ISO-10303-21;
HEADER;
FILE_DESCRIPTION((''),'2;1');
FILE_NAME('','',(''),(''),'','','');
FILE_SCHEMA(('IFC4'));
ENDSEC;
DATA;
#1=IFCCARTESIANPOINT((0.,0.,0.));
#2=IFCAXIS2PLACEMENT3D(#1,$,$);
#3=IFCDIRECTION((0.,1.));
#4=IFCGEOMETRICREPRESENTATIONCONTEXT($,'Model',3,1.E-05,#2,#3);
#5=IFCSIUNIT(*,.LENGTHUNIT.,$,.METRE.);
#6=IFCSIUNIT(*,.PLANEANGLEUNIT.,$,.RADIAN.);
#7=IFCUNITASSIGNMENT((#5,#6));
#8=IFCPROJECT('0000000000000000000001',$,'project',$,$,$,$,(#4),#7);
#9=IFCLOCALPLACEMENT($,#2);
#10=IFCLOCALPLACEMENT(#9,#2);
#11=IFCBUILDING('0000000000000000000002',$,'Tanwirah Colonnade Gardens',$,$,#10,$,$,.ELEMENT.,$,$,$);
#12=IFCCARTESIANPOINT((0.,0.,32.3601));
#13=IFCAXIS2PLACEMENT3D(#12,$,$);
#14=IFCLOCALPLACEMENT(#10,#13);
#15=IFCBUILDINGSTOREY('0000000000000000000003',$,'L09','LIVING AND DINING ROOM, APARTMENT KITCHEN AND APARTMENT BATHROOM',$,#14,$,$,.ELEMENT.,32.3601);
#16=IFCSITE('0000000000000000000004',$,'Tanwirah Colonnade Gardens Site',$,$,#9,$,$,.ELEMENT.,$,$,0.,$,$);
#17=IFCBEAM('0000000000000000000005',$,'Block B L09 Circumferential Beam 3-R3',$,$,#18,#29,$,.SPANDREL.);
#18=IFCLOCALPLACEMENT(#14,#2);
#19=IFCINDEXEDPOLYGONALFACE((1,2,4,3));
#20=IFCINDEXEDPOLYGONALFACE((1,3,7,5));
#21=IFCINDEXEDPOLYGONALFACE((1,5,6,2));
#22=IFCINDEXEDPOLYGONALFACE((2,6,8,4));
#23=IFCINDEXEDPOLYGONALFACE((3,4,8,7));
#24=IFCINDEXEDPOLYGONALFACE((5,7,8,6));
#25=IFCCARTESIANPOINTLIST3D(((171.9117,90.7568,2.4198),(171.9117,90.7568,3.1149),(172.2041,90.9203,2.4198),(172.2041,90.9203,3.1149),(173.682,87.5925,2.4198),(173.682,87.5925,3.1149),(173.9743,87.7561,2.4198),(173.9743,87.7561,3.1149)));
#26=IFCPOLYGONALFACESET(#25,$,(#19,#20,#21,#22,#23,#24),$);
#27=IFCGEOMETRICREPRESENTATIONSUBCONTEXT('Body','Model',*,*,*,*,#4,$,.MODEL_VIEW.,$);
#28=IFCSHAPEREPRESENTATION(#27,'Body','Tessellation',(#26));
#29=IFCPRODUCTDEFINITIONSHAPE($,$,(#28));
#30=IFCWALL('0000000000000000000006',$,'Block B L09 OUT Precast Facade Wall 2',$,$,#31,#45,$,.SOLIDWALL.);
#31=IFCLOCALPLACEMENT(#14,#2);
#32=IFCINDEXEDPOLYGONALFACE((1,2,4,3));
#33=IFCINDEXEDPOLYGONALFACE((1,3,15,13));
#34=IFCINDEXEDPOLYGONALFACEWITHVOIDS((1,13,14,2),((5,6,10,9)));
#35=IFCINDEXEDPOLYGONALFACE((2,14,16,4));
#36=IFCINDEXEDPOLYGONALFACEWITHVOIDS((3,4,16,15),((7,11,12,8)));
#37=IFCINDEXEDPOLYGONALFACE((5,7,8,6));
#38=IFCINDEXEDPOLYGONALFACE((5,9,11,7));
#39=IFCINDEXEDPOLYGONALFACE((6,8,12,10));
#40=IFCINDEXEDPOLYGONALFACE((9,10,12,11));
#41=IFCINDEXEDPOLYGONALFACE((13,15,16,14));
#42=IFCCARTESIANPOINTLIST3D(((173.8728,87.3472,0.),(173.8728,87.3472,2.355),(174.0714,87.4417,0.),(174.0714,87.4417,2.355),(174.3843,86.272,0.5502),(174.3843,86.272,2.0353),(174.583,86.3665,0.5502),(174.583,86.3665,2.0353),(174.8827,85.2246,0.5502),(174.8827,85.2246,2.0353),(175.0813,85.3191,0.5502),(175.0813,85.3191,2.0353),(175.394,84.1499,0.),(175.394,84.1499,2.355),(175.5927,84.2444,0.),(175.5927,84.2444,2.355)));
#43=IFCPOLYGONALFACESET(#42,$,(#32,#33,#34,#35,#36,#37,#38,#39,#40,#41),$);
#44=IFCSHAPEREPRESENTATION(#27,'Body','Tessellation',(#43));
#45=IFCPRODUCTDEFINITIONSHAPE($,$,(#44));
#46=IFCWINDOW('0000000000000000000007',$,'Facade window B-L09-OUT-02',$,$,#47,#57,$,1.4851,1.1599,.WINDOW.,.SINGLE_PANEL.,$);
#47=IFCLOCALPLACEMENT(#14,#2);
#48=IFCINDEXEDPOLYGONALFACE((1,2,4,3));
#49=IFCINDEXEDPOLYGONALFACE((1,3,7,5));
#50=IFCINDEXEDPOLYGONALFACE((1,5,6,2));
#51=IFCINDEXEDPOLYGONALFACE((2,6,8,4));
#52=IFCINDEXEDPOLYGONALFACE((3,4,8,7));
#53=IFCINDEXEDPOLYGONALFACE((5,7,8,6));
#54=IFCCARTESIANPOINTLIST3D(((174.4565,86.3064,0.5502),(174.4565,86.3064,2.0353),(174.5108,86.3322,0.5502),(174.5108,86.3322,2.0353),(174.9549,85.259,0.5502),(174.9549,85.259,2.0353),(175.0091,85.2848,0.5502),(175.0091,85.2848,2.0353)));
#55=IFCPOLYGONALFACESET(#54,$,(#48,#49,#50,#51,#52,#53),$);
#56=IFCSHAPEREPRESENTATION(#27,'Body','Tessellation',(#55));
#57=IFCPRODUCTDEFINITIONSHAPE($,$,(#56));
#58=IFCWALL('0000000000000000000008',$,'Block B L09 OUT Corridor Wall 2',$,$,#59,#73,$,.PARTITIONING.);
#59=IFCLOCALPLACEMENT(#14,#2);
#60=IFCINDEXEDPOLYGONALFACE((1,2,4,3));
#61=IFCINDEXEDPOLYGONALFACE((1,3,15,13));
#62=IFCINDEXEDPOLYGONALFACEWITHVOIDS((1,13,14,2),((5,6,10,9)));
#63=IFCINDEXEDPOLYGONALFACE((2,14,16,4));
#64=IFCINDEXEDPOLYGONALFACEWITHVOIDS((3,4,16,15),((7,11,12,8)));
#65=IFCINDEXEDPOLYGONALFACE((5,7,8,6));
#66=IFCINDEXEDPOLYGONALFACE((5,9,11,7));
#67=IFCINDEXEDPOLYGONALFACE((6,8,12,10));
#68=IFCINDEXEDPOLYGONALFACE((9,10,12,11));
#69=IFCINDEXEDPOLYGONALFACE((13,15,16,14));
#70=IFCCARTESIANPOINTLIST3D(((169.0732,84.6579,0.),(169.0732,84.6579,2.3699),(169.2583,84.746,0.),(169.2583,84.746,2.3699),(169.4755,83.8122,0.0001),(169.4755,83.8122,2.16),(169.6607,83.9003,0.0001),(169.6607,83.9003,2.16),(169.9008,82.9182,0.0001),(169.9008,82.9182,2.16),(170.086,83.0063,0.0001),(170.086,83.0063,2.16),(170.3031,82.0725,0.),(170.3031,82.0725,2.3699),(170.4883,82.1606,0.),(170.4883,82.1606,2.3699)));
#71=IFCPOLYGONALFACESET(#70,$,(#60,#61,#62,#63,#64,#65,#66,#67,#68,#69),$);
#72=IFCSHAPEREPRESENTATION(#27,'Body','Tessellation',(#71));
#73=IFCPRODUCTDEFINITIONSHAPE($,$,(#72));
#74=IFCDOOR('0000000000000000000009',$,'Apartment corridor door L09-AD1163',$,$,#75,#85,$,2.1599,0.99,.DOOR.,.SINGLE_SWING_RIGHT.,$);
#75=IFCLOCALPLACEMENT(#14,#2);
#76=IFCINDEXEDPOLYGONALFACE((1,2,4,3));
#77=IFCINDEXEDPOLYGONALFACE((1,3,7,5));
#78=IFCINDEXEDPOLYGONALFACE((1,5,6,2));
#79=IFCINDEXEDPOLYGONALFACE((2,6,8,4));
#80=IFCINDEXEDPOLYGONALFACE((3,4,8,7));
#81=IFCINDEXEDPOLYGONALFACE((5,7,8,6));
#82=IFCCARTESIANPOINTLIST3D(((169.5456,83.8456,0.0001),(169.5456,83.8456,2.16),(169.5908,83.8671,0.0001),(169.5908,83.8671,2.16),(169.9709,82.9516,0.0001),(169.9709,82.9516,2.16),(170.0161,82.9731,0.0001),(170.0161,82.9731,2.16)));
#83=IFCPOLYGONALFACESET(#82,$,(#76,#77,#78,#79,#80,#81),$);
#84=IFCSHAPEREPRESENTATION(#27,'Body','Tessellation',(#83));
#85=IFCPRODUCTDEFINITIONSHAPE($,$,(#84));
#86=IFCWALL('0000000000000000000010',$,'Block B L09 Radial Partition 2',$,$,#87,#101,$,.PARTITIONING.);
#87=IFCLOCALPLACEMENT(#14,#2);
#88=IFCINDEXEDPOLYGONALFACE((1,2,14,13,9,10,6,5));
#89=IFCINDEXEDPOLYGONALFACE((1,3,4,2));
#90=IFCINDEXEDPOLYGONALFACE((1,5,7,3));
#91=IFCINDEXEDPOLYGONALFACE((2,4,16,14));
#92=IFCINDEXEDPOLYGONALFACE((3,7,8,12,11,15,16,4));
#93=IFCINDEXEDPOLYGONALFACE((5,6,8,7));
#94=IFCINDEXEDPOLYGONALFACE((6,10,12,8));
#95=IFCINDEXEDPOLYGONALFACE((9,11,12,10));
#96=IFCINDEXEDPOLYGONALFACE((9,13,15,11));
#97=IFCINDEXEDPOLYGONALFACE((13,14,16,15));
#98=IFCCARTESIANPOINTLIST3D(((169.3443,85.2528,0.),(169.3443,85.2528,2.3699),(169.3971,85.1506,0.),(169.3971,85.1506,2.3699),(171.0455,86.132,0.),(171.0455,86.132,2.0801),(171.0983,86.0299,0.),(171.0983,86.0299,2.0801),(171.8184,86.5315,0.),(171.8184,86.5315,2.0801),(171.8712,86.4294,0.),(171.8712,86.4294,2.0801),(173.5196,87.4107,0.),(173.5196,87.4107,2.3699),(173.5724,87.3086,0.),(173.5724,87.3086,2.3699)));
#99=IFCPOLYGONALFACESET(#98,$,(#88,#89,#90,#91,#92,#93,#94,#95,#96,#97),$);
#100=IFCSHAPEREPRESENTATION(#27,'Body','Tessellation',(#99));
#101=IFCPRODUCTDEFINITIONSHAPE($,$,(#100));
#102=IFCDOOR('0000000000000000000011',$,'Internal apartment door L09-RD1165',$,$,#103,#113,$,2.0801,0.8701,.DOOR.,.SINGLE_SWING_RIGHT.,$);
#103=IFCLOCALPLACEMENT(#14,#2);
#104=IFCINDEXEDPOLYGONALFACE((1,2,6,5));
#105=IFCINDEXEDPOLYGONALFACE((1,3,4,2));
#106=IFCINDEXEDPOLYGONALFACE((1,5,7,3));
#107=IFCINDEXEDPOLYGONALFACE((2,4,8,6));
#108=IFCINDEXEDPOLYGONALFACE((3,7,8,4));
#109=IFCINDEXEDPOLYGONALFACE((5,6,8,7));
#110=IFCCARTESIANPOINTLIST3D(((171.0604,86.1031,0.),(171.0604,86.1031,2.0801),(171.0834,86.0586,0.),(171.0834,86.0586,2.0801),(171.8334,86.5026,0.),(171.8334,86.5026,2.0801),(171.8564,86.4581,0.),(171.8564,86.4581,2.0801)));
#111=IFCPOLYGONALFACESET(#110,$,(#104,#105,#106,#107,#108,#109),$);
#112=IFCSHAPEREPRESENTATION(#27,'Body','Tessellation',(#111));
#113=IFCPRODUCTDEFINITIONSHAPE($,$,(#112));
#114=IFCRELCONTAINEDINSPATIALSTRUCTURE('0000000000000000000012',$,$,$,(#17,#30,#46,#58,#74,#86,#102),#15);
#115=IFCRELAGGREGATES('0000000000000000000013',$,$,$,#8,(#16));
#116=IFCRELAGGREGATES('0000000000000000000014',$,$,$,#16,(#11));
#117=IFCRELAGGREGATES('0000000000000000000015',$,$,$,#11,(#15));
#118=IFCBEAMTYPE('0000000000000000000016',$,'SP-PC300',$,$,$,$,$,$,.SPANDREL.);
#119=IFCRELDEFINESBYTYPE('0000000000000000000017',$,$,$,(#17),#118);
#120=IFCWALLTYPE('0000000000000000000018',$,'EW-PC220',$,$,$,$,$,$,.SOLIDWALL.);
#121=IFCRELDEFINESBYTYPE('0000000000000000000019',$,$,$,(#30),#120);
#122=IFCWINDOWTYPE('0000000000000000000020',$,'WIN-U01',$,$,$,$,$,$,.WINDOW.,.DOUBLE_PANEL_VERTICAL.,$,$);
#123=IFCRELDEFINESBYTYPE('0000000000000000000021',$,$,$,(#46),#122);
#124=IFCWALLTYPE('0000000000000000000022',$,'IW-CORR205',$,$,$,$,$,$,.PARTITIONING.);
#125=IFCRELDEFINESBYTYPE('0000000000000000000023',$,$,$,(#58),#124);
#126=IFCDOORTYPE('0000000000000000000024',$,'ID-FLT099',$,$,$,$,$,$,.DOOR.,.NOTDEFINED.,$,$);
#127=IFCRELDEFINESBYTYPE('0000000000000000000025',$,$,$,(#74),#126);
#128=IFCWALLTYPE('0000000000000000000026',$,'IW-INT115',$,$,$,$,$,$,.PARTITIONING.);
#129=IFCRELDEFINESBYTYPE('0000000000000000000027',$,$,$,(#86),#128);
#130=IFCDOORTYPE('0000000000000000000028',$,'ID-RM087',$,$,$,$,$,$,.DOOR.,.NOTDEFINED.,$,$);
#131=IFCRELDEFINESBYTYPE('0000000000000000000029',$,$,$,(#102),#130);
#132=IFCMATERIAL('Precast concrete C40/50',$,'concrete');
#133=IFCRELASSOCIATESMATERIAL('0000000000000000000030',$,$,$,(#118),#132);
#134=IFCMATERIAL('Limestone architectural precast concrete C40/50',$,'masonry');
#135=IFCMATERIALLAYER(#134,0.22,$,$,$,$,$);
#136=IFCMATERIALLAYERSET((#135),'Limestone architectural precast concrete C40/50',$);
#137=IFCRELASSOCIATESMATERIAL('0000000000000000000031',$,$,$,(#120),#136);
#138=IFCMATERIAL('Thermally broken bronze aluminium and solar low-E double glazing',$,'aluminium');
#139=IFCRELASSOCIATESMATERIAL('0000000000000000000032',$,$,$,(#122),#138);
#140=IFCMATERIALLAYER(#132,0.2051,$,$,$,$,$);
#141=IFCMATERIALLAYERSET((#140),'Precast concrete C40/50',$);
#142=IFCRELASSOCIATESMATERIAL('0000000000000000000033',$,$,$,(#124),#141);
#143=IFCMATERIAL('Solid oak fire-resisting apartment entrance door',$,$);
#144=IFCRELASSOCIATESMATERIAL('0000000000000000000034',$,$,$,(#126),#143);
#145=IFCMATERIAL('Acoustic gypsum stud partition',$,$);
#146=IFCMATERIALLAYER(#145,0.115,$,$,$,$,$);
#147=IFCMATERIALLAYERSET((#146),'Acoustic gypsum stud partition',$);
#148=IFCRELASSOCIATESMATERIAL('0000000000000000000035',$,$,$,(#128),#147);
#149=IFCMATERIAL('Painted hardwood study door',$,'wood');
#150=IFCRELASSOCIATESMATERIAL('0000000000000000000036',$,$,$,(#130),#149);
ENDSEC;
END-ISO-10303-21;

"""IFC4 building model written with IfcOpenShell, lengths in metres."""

from ifc_helpers import new_model, si_unit, direction, frame, frame_2d, origin, origin_2d, place, context, subcontext, project, spatial, rectangle, extrude, material, layer, layer_set, material_profile, profile_set, type_object, element, fill, save


model = new_model("IFC4")

# Units and contexts
model_context = context("Model", 3, precision=1e-05, world=origin(), true_north=direction((0.0, 1.0)))
body_context = subcontext(model_context, "Body", "Model", "MODEL_VIEW")
ifc_project = project(units=[si_unit("LENGTHUNIT", "METRE"), si_unit("PLANEANGLEUNIT", "RADIAN")], contexts=[model_context])

# Site, building, storey
site_placement = place(None, origin())
site = spatial("IfcSite", under=ifc_project, at=site_placement, Name="Tanwirah Colonnade Gardens Site", CompositionType="ELEMENT", RefElevation=0.0)
building_placement = place(site_placement, origin())
building = spatial("IfcBuilding", under=site, at=building_placement, Name="Tanwirah Colonnade Gardens", CompositionType="ELEMENT")
storey_placement = place(building_placement, frame((0.0, 0.0, 32.3601)))
storey = spatial("IfcBuildingStorey", under=building, at=storey_placement, Name="L09", Description="LIVING AND DINING ROOM, APARTMENT KITCHEN AND APARTMENT BATHROOM", CompositionType="ELEMENT", Elevation=32.3601)

# Shared definitions
ifc_material_1 = material(Name="Precast concrete C40/50", Category="concrete")

# Beam
ifc_material_profile_1 = material_profile(ifc_material_1, rectangle(XDim=0.335, YDim=0.6951, at=origin_2d()), Name="PC-SP 335x695")
ifc_profile_set_1 = profile_set([ifc_material_profile_1], Name="Precast concrete C40/50")
beam_type_1 = type_object("IfcBeamType", Name="SP-PC300", PredefinedType="SPANDREL", material=ifc_profile_set_1)
for number, where, z_axis, x_axis, name in (
    (1, (173.8281, 87.6743, 2.7673), (-0.488236, 0.872711, 0.0), (-0.872711, -0.488236, 0.0), "Block B L09 Circumferential Beam 3-R3"),
):
    element("IfcBeam", number, at=place(storey_placement, frame(where, z_axis=z_axis, x_axis=x_axis)), inside=storey, type_object=beam_type_1, Name=name, PredefinedType="SPANDREL", context=body_context, shape_type="SweptSolid", body=[
        extrude(rectangle(XDim=0.335, YDim=0.6951, at=origin_2d()), origin(), (0.0, 0.0, 1.0), 3.6257),
    ])

# Wall, opening, window
ifc_material_2 = material(Name="Limestone architectural precast concrete C40/50", Category="masonry")
ifc_layer_1 = layer(ifc_material_2, 0.22)
ifc_layer_set_1 = layer_set([ifc_layer_1], Name="Limestone architectural precast concrete C40/50")
wall_type_1 = type_object("IfcWallType", Name="EW-PC220", PredefinedType="SOLIDWALL", material=ifc_layer_set_1)
wall_1_placement = place(storey_placement, frame((175.4934, 84.197, 0.0), z_axis=(0.0, 0.0, 1.0), x_axis=(-0.429642, 0.902999, 0.0)))
wall_1 = element("IfcWall", 2, at=wall_1_placement, inside=storey, type_object=wall_type_1, Name="Block B L09 OUT Precast Facade Wall 2", PredefinedType="SOLIDWALL", context=body_context, shape_type="SweptSolid", body=[
    extrude(rectangle(XDim=3.5408, YDim=0.22, at=frame_2d((1.7705, 0.0))), origin(), (0.0, 0.0, 1.0), 2.355),
])
opening_1_placement = place(wall_1_placement, frame((1.1902, 0.0, 0.55)))
opening_1 = element("IfcOpeningElement", 3, at=opening_1_placement, cuts=wall_1, PredefinedType="OPENING", context=body_context, shape_type="SweptSolid", body=[
    extrude(rectangle(XDim=1.1599, YDim=1.4851, at=frame_2d((0.5801, 0.7427))), frame((0.0, 0.1199, 0.0), z_axis=(0.0, -1.0, 0.0), x_axis=(1.0, 0.0, 0.0)), (0.0, 0.0, 1.0), 0.24),
])
ifc_material_3 = material(Name="Thermally broken bronze aluminium and solar low-E double glazing", Category="aluminium")
window_type = type_object("IfcWindowType", Name="WIN-U01", PartitioningType="DOUBLE_PANEL_VERTICAL", PredefinedType="WINDOW", material=ifc_material_3)
window_placement = place(opening_1_placement, origin())
window = element("IfcWindow", 4, at=window_placement, inside=storey, type_object=window_type, Name="Facade window B-L09-OUT-02", OverallHeight=1.4851, OverallWidth=1.1599, PartitioningType="SINGLE_PANEL", PredefinedType="WINDOW", context=body_context, shape_type="SweptSolid", body=[
    extrude(rectangle(XDim=1.1599, YDim=1.4851, at=frame_2d((0.5801, 0.7427))), frame((0.0, 0.03, 0.0), z_axis=(0.0, -1.0, 0.0), x_axis=(1.0, 0.0, 0.0)), (0.0, 0.0, 1.0), 0.0601),
])
fill(opening_1, window)

# Walls, openings, doors
ifc_layer_2 = layer(ifc_material_1, 0.2051)
ifc_layer_set_2 = layer_set([ifc_layer_2], Name="Precast concrete C40/50")
wall_type_2 = type_object("IfcWallType", Name="IW-CORR205", PredefinedType="PARTITIONING", material=ifc_layer_set_2)
wall_2_placement = place(storey_placement, frame((170.3958, 82.1165, 0.0), z_axis=(0.0, 0.0, 1.0), x_axis=(-0.429596, 0.903021, 0.0)))
wall_2 = element("IfcWall", 5, at=wall_2_placement, inside=storey, type_object=wall_type_2, Name="Block B L09 OUT Corridor Wall 2", PredefinedType="PARTITIONING", context=body_context, shape_type="SweptSolid", body=[
    extrude(rectangle(XDim=2.863, YDim=0.2051, at=frame_2d((1.4316, 0.0))), origin(), (0.0, 0.0, 1.0), 2.3699),
])
opening_2_placement = place(wall_2_placement, frame((0.9365, 0.0, 0.0)))
opening_2 = element("IfcOpeningElement", 6, at=opening_2_placement, cuts=wall_2, PredefinedType="OPENING", context=body_context, shape_type="SweptSolid", body=[
    extrude(rectangle(XDim=0.99, YDim=2.1599, at=frame_2d((0.4951, 1.0801))), frame((0.0, 0.1125, 0.0), z_axis=(0.0, -1.0, 0.0), x_axis=(1.0, 0.0, 0.0)), (0.0, 0.0, 1.0), 0.2251),
])
ifc_material_4 = material(Name="Solid oak fire-resisting apartment entrance door")
door_type_1 = type_object("IfcDoorType", Name="ID-FLT099", OperationType="NOTDEFINED", PredefinedType="DOOR", material=ifc_material_4)
door_1_placement = place(opening_2_placement, origin())
door_1 = element("IfcDoor", 7, at=door_1_placement, inside=storey, type_object=door_type_1, Name="Apartment corridor door L09-AD1163", OperationType="SINGLE_SWING_RIGHT", OverallHeight=2.1599, OverallWidth=0.99, PredefinedType="DOOR", context=body_context, shape_type="SweptSolid", body=[
    extrude(rectangle(XDim=0.99, YDim=2.1599, at=frame_2d((0.4951, 1.0801))), frame((0.0, 0.0249, 0.0), z_axis=(0.0, -1.0, 0.0), x_axis=(1.0, 0.0, 0.0)), (0.0, 0.0, 1.0), 0.05),
])
fill(opening_2, door_1)
ifc_material_5 = material(Name="Acoustic gypsum stud partition")
ifc_layer_3 = layer(ifc_material_5, 0.115)
ifc_layer_set_3 = layer_set([ifc_layer_3], Name="Acoustic gypsum stud partition")
wall_type_3 = type_object("IfcWallType", Name="IW-INT115", PredefinedType="PARTITIONING", material=ifc_layer_set_3)
wall_3_placement = place(storey_placement, frame((169.3706, 85.2017, 0.0), z_axis=(0.0, 0.0, 1.0), x_axis=(0.888363, 0.459142, 0.0)))
wall_3 = element("IfcWall", 8, at=wall_3_placement, inside=storey, type_object=wall_type_3, Name="Block B L09 Radial Partition 2", PredefinedType="PARTITIONING", context=body_context, shape_type="SweptSolid", body=[
    extrude(rectangle(XDim=4.7, YDim=0.115, at=frame_2d((2.3501, 0.0))), origin(), (0.0, 0.0, 1.0), 2.3699),
])
opening_3_placement = place(wall_3_placement, frame((1.915, 0.0, 0.0)))
opening_3 = element("IfcOpeningElement", 9, at=opening_3_placement, cuts=wall_3, PredefinedType="OPENING", context=body_context, shape_type="SweptSolid", body=[
    extrude(rectangle(XDim=0.8701, YDim=2.0801, at=frame_2d((0.4351, 1.04))), frame((0.0, 0.0674, 0.0), z_axis=(0.0, -1.0, 0.0), x_axis=(1.0, 0.0, 0.0)), (0.0, 0.0, 1.0), 0.135),
])
ifc_material_6 = material(Name="Painted hardwood study door", Category="wood")
door_type_2 = type_object("IfcDoorType", Name="ID-RM087", OperationType="NOTDEFINED", PredefinedType="DOOR", material=ifc_material_6)
door_2_placement = place(opening_3_placement, origin())
door_2 = element("IfcDoor", 10, at=door_2_placement, inside=storey, type_object=door_type_2, Name="Internal apartment door L09-RD1165", OperationType="SINGLE_SWING_RIGHT", OverallHeight=2.0801, OverallWidth=0.8701, PredefinedType="DOOR", context=body_context, shape_type="SweptSolid", body=[
    extrude(rectangle(XDim=0.8701, YDim=2.0801, at=frame_2d((0.4351, 1.04))), frame((0.0, 0.0249, 0.0), z_axis=(0.0, -1.0, 0.0), x_axis=(1.0, 0.0, 0.0)), (0.0, 0.0, 1.0), 0.05),
])
fill(opening_3, door_2)

save(model, "model.ifc")
